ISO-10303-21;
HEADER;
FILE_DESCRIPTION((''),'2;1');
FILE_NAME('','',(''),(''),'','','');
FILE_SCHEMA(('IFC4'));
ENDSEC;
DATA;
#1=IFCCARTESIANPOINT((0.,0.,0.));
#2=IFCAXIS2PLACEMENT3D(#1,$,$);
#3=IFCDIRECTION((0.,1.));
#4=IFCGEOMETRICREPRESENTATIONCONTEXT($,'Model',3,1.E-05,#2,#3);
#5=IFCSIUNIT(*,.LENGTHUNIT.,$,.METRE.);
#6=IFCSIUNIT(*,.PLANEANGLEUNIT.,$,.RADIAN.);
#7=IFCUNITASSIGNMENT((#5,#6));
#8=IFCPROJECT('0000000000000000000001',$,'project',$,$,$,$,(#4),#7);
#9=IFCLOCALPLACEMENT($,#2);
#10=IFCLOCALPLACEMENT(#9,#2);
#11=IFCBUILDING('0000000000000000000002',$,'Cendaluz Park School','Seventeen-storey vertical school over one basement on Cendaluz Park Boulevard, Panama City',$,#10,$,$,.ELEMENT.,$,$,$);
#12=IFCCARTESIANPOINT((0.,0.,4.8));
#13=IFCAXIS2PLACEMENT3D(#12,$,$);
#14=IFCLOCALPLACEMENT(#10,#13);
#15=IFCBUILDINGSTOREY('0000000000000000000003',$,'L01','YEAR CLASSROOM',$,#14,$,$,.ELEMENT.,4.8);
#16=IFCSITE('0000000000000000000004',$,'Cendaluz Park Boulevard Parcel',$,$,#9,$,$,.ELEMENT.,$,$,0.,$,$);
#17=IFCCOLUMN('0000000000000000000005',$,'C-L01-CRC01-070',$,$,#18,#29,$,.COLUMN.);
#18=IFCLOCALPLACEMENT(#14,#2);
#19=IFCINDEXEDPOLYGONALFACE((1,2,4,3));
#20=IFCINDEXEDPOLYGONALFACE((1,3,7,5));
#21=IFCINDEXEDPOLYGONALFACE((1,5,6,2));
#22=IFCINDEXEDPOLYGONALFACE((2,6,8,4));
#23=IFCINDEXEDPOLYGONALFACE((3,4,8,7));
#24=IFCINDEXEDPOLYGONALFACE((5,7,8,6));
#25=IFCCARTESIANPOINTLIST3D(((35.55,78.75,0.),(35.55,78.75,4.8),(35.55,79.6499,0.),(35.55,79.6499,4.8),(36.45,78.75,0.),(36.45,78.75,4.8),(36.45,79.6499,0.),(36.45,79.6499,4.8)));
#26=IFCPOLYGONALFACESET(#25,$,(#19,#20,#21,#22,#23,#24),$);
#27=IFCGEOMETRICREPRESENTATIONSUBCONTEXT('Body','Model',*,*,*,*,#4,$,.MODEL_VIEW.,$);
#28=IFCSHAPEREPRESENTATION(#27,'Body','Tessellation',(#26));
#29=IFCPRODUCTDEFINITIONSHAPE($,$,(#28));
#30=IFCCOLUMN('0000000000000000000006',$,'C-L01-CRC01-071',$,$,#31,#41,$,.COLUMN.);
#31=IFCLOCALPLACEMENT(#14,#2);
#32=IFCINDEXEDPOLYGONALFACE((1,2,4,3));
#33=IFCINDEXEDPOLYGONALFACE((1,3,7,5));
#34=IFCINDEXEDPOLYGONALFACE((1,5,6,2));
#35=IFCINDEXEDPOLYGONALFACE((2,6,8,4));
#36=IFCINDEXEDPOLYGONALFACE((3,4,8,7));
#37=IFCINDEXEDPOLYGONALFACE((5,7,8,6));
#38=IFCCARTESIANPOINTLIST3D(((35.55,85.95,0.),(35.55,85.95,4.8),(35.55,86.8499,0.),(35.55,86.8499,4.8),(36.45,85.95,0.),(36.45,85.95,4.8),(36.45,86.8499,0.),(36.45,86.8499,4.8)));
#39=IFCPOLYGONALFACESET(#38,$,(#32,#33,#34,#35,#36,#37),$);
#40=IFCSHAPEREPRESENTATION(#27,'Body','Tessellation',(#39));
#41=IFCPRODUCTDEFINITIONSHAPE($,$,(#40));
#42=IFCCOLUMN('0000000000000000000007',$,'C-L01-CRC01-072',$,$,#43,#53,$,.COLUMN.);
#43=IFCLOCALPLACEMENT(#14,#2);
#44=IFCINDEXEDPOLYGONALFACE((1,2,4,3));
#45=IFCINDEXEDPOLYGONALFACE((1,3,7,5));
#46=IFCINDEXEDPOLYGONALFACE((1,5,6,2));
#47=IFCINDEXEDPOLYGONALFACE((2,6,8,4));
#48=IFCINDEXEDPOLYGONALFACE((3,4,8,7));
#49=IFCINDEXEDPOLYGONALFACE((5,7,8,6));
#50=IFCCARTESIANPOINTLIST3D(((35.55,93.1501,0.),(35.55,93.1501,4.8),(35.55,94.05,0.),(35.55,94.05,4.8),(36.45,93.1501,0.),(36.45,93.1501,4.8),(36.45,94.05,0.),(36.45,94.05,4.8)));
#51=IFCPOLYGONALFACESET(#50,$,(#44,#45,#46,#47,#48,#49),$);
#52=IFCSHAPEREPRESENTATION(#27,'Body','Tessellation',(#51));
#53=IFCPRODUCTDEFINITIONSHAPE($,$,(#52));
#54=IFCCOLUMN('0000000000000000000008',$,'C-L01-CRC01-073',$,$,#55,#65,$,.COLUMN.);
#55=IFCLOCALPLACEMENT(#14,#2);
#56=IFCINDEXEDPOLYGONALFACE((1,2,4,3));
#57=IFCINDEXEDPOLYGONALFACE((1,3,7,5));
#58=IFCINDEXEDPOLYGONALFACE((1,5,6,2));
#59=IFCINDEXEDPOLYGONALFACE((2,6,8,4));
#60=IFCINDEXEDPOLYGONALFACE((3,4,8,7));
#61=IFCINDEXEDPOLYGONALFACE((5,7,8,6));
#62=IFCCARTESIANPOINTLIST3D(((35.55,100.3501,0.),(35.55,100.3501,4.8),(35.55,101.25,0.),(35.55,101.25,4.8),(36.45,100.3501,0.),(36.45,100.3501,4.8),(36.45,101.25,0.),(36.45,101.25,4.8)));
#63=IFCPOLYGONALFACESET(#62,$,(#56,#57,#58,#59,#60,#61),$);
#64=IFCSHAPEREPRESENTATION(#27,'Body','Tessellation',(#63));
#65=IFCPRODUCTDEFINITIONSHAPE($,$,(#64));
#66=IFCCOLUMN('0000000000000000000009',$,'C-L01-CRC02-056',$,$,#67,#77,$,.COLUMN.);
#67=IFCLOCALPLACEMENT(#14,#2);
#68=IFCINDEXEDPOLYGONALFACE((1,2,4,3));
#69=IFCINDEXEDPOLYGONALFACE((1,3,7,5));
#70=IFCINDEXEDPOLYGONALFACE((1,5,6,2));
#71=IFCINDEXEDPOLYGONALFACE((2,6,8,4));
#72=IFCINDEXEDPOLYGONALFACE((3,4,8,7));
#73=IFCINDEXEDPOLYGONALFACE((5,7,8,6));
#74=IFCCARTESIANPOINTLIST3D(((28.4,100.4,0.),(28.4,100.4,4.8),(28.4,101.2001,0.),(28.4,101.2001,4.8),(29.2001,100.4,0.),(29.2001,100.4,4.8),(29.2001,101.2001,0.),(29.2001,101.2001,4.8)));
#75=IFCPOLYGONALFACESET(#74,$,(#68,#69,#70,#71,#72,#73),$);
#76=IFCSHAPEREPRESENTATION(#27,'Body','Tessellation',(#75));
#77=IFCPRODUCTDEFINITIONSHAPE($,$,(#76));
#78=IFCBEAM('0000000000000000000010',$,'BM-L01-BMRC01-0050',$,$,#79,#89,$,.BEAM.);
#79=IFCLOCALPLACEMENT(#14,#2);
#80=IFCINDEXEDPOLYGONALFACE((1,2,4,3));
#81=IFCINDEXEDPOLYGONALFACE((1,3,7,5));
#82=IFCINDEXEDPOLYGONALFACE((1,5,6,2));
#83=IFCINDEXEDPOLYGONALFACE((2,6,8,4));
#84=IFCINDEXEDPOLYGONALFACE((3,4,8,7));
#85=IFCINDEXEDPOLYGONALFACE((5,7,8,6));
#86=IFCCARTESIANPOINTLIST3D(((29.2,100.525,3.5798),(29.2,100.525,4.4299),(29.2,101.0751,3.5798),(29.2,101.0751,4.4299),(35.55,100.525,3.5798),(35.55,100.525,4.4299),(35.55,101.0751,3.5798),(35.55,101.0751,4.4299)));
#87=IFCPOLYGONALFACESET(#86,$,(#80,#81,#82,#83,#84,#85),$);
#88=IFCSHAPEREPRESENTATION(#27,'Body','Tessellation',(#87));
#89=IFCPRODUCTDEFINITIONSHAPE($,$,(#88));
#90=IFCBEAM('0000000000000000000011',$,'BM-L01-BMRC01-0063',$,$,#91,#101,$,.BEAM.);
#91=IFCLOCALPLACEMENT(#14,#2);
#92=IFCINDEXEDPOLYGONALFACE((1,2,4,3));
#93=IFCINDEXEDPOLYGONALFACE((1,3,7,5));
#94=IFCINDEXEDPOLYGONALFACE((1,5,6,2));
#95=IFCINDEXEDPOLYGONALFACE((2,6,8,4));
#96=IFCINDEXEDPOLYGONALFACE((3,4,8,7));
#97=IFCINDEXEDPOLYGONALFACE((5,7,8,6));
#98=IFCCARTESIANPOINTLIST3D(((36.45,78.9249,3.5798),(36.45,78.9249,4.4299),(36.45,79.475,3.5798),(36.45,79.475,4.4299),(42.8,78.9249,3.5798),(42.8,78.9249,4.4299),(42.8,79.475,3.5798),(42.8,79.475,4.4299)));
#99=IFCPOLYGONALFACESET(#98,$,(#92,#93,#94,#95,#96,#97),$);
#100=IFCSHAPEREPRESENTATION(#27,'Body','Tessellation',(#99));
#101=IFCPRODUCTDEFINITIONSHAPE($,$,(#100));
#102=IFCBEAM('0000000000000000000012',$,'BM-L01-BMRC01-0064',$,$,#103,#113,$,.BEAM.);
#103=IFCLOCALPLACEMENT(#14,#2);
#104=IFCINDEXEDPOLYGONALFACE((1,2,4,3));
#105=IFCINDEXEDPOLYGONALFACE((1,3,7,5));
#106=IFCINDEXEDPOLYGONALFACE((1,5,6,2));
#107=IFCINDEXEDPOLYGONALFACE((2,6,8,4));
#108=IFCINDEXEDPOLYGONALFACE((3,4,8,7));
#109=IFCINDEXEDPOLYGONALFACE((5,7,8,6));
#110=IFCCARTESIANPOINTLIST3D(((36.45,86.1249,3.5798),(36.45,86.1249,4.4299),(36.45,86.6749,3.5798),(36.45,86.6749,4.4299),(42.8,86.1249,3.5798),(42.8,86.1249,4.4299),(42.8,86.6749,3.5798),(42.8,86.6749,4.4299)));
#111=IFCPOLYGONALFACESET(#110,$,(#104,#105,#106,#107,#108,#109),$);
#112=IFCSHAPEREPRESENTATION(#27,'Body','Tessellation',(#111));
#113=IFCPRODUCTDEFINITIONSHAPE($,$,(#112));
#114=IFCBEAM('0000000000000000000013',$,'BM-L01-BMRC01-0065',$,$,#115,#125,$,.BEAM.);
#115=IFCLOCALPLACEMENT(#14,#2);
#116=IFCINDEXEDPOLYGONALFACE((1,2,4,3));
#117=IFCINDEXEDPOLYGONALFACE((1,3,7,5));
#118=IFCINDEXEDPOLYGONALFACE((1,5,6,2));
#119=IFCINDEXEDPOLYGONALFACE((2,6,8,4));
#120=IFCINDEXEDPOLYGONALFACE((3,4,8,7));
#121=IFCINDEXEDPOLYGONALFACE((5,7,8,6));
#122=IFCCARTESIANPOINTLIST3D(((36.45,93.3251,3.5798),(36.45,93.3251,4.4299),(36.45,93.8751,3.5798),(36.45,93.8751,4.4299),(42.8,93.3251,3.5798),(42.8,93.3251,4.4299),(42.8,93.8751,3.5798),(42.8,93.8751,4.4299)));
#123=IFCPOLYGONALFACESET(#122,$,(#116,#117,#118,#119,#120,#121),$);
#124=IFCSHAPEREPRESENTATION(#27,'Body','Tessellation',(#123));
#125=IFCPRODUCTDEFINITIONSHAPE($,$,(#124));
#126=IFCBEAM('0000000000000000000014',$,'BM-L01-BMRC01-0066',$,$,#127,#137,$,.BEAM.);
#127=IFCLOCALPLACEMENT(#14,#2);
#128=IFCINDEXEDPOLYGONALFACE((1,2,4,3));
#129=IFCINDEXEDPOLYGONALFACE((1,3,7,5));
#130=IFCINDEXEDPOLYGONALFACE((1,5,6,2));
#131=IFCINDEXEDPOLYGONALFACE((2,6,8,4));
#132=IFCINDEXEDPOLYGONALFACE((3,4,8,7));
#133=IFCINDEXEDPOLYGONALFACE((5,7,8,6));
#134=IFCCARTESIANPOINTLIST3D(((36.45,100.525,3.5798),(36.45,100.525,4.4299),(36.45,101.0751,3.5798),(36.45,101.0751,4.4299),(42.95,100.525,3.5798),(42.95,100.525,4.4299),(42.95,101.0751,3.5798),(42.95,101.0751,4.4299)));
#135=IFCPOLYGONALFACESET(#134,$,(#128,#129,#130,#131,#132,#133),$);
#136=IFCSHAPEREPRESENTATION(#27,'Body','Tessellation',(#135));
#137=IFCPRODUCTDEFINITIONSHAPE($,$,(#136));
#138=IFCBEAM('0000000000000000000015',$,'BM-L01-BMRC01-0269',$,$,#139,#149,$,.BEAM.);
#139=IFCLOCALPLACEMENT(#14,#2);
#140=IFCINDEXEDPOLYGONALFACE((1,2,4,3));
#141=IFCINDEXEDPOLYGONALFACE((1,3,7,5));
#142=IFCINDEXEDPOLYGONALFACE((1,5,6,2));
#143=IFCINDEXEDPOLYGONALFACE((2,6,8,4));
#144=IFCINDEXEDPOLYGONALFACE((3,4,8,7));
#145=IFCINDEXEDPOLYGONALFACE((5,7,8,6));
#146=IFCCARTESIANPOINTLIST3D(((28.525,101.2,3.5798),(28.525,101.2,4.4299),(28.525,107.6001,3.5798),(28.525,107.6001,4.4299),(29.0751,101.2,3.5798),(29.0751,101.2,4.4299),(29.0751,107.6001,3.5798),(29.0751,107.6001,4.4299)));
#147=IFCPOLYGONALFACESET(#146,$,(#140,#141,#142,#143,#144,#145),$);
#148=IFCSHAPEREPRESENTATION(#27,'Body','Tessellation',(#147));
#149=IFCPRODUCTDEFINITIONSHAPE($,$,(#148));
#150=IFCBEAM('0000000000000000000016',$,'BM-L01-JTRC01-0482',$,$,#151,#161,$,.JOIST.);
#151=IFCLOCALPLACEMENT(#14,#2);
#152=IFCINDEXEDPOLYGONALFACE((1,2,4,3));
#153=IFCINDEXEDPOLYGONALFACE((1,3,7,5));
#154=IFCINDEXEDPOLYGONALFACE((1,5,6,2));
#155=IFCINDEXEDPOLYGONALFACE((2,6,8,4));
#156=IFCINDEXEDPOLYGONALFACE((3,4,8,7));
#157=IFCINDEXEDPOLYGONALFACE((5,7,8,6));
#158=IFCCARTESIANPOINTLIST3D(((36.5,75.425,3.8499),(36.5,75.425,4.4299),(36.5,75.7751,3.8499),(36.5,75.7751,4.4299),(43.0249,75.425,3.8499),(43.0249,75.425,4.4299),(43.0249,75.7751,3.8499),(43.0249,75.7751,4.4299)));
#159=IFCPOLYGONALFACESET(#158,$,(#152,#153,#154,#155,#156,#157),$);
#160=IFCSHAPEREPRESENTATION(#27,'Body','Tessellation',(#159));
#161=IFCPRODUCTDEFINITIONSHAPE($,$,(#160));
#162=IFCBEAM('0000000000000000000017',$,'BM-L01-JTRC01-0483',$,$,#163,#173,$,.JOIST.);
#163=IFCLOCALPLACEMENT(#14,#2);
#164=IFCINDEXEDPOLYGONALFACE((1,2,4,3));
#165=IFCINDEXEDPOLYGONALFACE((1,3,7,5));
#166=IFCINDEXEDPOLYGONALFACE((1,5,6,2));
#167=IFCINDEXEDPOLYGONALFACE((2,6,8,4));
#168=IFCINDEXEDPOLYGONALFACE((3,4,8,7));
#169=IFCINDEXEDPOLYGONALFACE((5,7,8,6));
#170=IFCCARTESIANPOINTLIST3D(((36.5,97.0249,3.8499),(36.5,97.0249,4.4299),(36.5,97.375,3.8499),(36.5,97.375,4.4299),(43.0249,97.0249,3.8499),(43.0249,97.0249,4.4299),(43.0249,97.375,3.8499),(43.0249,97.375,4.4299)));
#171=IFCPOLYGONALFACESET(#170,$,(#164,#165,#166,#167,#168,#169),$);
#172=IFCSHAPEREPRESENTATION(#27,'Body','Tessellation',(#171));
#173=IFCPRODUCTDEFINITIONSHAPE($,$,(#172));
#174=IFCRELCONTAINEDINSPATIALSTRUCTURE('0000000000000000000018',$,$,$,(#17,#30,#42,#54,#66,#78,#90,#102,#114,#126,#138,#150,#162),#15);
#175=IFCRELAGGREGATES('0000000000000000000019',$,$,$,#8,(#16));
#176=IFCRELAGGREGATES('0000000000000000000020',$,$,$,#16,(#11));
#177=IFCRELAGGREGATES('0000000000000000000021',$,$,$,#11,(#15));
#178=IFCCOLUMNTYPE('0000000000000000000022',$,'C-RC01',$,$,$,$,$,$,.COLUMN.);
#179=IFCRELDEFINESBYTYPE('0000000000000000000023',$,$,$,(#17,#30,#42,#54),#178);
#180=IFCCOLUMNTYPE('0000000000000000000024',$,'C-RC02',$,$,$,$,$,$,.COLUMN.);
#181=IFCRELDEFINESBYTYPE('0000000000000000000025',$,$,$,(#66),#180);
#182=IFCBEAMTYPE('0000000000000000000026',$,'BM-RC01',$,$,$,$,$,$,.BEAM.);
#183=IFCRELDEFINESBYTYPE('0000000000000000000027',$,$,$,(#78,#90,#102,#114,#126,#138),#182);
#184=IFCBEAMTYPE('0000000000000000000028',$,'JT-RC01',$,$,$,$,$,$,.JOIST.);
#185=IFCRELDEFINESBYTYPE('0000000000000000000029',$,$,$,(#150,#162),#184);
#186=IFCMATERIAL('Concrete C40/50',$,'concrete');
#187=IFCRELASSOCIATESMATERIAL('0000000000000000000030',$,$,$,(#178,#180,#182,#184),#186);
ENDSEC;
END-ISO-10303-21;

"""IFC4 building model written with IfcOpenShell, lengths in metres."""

from ifc_helpers import new_model, si_unit, direction, frame, origin, origin_2d, place, context, subcontext, project, spatial, rectangle, extrude, material, material_profile, profile_set, type_object, element, save


model = new_model("IFC4")

# Units and contexts
model_context = context("Model", 3, precision=1e-05, world=origin(), true_north=direction((0.0, 1.0)))
body_context = subcontext(model_context, "Body", "Model", "MODEL_VIEW")
ifc_project = project(units=[si_unit("LENGTHUNIT", "METRE"), si_unit("PLANEANGLEUNIT", "RADIAN")], contexts=[model_context])

# Site, building, storey
site_placement = place(None, origin())
site = spatial("IfcSite", under=ifc_project, at=site_placement, Name="Cendaluz Park Boulevard Parcel", CompositionType="ELEMENT", RefElevation=0.0)
building_placement = place(site_placement, origin())
building = spatial("IfcBuilding", under=site, at=building_placement, Name="Cendaluz Park School", Description="Seventeen-storey vertical school over one basement on Cendaluz Park Boulevard, Panama City", CompositionType="ELEMENT")
storey_placement = place(building_placement, frame((0.0, 0.0, 4.8)))
storey = spatial("IfcBuildingStorey", under=building, at=storey_placement, Name="L01", Description="YEAR CLASSROOM", CompositionType="ELEMENT", Elevation=4.8)

# Columns
ifc_material_1 = material(Name="Concrete C40/50", Category="concrete")
ifc_material_profile_1 = material_profile(ifc_material_1, rectangle(XDim=0.8999, YDim=0.8999, at=origin_2d()), Name="RC 900x900", Category="concrete")
ifc_profile_set_1 = profile_set([ifc_material_profile_1], Name="Concrete C40/50")
column_type_1 = type_object("IfcColumnType", Name="C-RC01", PredefinedType="COLUMN", material=ifc_profile_set_1)
for number, where, z_axis, x_axis, name in (
    (1, (36.0, 79.2, 0.0), (0.0, 0.0, 1.0), (1.0, 0.0, 0.0), "C-L01-CRC01-070"),
    (2, (36.0, 86.3999, 0.0), (0.0, 0.0, 1.0), (1.0, 0.0, 0.0), "C-L01-CRC01-071"),
    (3, (36.0, 93.6001, 0.0), (0.0, 0.0, 1.0), (1.0, 0.0, 0.0), "C-L01-CRC01-072"),
    (4, (36.0, 100.8, 0.0), (0.0, 0.0, 1.0), (1.0, 0.0, 0.0), "C-L01-CRC01-073"),
):
    element("IfcColumn", number, at=place(storey_placement, frame(where, z_axis=z_axis, x_axis=x_axis)), inside=storey, type_object=column_type_1, Name=name, PredefinedType="COLUMN", context=body_context, shape_type="SweptSolid", body=[
        extrude(rectangle(XDim=0.8999, YDim=0.8999, at=origin_2d()), origin(), (0.0, 0.0, 1.0), 4.8),
    ])
ifc_material_profile_2 = material_profile(ifc_material_1, rectangle(XDim=0.8, YDim=0.8, at=origin_2d()), Name="RC 800x800", Category="concrete")
ifc_profile_set_2 = profile_set([ifc_material_profile_2], Name="Concrete C40/50")
column_type_2 = type_object("IfcColumnType", Name="C-RC02", PredefinedType="COLUMN", material=ifc_profile_set_2)
column_placement = place(storey_placement, frame((28.8, 100.8, 0.0), z_axis=(0.0, 0.0, 1.0), x_axis=(1.0, 0.0, 0.0)))
element("IfcColumn", 5, at=column_placement, inside=storey, type_object=column_type_2, Name="C-L01-CRC02-056", PredefinedType="COLUMN", context=body_context, shape_type="SweptSolid", body=[
    extrude(rectangle(XDim=0.8, YDim=0.8, at=origin_2d()), origin(), (0.0, 0.0, 1.0), 4.8),
])

# Beams
ifc_material_profile_3 = material_profile(ifc_material_1, rectangle(XDim=0.55, YDim=0.8501, at=origin_2d()), Name="RC 550x850", Category="concrete")
ifc_profile_set_3 = profile_set([ifc_material_profile_3], Name="Concrete C40/50")
beam_type_1 = type_object("IfcBeamType", Name="BM-RC01", PredefinedType="BEAM", material=ifc_profile_set_3)
for number, where, z_axis, x_axis, name in (
    (6, (29.2, 100.8, 4.0049), (1.0, 0.0, 0.0), (0.0, 1.0, 0.0), "BM-L01-BMRC01-0050"),
    (7, (36.45, 79.2, 4.0049), (1.0, 0.0, 0.0), (0.0, 1.0, 0.0), "BM-L01-BMRC01-0063"),
    (8, (36.45, 86.3999, 4.0049), (1.0, 0.0, 0.0), (0.0, 1.0, 0.0), "BM-L01-BMRC01-0064"),
    (9, (36.45, 93.6001, 4.0049), (1.0, 0.0, 0.0), (0.0, 1.0, 0.0), "BM-L01-BMRC01-0065"),
):
    element("IfcBeam", number, at=place(storey_placement, frame(where, z_axis=z_axis, x_axis=x_axis)), inside=storey, type_object=beam_type_1, Name=name, PredefinedType="BEAM", context=body_context, shape_type="SweptSolid", body=[
        extrude(rectangle(XDim=0.55, YDim=0.8501, at=origin_2d()), origin(), (0.0, 0.0, 1.0), 6.3501),
    ])
beam_1_placement = place(storey_placement, frame((36.45, 100.8, 4.0049), z_axis=(1.0, 0.0, 0.0), x_axis=(0.0, 1.0, 0.0)))
element("IfcBeam", 10, at=beam_1_placement, inside=storey, type_object=beam_type_1, Name="BM-L01-BMRC01-0066", PredefinedType="BEAM", context=body_context, shape_type="SweptSolid", body=[
    extrude(rectangle(XDim=0.55, YDim=0.8501, at=origin_2d()), origin(), (0.0, 0.0, 1.0), 6.5),
])
beam_2_placement = place(storey_placement, frame((28.8, 101.2, 4.0049), z_axis=(0.0, 1.0, 0.0), x_axis=(-1.0, 0.0, 0.0)))
element("IfcBeam", 11, at=beam_2_placement, inside=storey, type_object=beam_type_1, Name="BM-L01-BMRC01-0269", PredefinedType="BEAM", context=body_context, shape_type="SweptSolid", body=[
    extrude(rectangle(XDim=0.55, YDim=0.8501, at=origin_2d()), origin(), (0.0, 0.0, 1.0), 6.4001),
])
ifc_material_profile_4 = material_profile(ifc_material_1, rectangle(XDim=0.3501, YDim=0.5801, at=origin_2d()), Name="RC 350x580", Category="concrete")
ifc_profile_set_4 = profile_set([ifc_material_profile_4], Name="Concrete C40/50")
beam_type_2 = type_object("IfcBeamType", Name="JT-RC01", PredefinedType="JOIST", material=ifc_profile_set_4)
for number, where, z_axis, x_axis, name in (
    (12, (36.5, 75.6001, 4.1399), (1.0, 0.0, 0.0), (0.0, 1.0, 0.0), "BM-L01-JTRC01-0482"),
    (13, (36.5, 97.2, 4.1399), (1.0, 0.0, 0.0), (0.0, 1.0, 0.0), "BM-L01-JTRC01-0483"),
):
    element("IfcBeam", number, at=place(storey_placement, frame(where, z_axis=z_axis, x_axis=x_axis)), inside=storey, type_object=beam_type_2, Name=name, PredefinedType="JOIST", context=body_context, shape_type="SweptSolid", body=[
        extrude(rectangle(XDim=0.3501, YDim=0.5801, at=origin_2d()), origin(), (0.0, 0.0, 1.0), 6.5249),
    ])

save(model, "model.ifc")
